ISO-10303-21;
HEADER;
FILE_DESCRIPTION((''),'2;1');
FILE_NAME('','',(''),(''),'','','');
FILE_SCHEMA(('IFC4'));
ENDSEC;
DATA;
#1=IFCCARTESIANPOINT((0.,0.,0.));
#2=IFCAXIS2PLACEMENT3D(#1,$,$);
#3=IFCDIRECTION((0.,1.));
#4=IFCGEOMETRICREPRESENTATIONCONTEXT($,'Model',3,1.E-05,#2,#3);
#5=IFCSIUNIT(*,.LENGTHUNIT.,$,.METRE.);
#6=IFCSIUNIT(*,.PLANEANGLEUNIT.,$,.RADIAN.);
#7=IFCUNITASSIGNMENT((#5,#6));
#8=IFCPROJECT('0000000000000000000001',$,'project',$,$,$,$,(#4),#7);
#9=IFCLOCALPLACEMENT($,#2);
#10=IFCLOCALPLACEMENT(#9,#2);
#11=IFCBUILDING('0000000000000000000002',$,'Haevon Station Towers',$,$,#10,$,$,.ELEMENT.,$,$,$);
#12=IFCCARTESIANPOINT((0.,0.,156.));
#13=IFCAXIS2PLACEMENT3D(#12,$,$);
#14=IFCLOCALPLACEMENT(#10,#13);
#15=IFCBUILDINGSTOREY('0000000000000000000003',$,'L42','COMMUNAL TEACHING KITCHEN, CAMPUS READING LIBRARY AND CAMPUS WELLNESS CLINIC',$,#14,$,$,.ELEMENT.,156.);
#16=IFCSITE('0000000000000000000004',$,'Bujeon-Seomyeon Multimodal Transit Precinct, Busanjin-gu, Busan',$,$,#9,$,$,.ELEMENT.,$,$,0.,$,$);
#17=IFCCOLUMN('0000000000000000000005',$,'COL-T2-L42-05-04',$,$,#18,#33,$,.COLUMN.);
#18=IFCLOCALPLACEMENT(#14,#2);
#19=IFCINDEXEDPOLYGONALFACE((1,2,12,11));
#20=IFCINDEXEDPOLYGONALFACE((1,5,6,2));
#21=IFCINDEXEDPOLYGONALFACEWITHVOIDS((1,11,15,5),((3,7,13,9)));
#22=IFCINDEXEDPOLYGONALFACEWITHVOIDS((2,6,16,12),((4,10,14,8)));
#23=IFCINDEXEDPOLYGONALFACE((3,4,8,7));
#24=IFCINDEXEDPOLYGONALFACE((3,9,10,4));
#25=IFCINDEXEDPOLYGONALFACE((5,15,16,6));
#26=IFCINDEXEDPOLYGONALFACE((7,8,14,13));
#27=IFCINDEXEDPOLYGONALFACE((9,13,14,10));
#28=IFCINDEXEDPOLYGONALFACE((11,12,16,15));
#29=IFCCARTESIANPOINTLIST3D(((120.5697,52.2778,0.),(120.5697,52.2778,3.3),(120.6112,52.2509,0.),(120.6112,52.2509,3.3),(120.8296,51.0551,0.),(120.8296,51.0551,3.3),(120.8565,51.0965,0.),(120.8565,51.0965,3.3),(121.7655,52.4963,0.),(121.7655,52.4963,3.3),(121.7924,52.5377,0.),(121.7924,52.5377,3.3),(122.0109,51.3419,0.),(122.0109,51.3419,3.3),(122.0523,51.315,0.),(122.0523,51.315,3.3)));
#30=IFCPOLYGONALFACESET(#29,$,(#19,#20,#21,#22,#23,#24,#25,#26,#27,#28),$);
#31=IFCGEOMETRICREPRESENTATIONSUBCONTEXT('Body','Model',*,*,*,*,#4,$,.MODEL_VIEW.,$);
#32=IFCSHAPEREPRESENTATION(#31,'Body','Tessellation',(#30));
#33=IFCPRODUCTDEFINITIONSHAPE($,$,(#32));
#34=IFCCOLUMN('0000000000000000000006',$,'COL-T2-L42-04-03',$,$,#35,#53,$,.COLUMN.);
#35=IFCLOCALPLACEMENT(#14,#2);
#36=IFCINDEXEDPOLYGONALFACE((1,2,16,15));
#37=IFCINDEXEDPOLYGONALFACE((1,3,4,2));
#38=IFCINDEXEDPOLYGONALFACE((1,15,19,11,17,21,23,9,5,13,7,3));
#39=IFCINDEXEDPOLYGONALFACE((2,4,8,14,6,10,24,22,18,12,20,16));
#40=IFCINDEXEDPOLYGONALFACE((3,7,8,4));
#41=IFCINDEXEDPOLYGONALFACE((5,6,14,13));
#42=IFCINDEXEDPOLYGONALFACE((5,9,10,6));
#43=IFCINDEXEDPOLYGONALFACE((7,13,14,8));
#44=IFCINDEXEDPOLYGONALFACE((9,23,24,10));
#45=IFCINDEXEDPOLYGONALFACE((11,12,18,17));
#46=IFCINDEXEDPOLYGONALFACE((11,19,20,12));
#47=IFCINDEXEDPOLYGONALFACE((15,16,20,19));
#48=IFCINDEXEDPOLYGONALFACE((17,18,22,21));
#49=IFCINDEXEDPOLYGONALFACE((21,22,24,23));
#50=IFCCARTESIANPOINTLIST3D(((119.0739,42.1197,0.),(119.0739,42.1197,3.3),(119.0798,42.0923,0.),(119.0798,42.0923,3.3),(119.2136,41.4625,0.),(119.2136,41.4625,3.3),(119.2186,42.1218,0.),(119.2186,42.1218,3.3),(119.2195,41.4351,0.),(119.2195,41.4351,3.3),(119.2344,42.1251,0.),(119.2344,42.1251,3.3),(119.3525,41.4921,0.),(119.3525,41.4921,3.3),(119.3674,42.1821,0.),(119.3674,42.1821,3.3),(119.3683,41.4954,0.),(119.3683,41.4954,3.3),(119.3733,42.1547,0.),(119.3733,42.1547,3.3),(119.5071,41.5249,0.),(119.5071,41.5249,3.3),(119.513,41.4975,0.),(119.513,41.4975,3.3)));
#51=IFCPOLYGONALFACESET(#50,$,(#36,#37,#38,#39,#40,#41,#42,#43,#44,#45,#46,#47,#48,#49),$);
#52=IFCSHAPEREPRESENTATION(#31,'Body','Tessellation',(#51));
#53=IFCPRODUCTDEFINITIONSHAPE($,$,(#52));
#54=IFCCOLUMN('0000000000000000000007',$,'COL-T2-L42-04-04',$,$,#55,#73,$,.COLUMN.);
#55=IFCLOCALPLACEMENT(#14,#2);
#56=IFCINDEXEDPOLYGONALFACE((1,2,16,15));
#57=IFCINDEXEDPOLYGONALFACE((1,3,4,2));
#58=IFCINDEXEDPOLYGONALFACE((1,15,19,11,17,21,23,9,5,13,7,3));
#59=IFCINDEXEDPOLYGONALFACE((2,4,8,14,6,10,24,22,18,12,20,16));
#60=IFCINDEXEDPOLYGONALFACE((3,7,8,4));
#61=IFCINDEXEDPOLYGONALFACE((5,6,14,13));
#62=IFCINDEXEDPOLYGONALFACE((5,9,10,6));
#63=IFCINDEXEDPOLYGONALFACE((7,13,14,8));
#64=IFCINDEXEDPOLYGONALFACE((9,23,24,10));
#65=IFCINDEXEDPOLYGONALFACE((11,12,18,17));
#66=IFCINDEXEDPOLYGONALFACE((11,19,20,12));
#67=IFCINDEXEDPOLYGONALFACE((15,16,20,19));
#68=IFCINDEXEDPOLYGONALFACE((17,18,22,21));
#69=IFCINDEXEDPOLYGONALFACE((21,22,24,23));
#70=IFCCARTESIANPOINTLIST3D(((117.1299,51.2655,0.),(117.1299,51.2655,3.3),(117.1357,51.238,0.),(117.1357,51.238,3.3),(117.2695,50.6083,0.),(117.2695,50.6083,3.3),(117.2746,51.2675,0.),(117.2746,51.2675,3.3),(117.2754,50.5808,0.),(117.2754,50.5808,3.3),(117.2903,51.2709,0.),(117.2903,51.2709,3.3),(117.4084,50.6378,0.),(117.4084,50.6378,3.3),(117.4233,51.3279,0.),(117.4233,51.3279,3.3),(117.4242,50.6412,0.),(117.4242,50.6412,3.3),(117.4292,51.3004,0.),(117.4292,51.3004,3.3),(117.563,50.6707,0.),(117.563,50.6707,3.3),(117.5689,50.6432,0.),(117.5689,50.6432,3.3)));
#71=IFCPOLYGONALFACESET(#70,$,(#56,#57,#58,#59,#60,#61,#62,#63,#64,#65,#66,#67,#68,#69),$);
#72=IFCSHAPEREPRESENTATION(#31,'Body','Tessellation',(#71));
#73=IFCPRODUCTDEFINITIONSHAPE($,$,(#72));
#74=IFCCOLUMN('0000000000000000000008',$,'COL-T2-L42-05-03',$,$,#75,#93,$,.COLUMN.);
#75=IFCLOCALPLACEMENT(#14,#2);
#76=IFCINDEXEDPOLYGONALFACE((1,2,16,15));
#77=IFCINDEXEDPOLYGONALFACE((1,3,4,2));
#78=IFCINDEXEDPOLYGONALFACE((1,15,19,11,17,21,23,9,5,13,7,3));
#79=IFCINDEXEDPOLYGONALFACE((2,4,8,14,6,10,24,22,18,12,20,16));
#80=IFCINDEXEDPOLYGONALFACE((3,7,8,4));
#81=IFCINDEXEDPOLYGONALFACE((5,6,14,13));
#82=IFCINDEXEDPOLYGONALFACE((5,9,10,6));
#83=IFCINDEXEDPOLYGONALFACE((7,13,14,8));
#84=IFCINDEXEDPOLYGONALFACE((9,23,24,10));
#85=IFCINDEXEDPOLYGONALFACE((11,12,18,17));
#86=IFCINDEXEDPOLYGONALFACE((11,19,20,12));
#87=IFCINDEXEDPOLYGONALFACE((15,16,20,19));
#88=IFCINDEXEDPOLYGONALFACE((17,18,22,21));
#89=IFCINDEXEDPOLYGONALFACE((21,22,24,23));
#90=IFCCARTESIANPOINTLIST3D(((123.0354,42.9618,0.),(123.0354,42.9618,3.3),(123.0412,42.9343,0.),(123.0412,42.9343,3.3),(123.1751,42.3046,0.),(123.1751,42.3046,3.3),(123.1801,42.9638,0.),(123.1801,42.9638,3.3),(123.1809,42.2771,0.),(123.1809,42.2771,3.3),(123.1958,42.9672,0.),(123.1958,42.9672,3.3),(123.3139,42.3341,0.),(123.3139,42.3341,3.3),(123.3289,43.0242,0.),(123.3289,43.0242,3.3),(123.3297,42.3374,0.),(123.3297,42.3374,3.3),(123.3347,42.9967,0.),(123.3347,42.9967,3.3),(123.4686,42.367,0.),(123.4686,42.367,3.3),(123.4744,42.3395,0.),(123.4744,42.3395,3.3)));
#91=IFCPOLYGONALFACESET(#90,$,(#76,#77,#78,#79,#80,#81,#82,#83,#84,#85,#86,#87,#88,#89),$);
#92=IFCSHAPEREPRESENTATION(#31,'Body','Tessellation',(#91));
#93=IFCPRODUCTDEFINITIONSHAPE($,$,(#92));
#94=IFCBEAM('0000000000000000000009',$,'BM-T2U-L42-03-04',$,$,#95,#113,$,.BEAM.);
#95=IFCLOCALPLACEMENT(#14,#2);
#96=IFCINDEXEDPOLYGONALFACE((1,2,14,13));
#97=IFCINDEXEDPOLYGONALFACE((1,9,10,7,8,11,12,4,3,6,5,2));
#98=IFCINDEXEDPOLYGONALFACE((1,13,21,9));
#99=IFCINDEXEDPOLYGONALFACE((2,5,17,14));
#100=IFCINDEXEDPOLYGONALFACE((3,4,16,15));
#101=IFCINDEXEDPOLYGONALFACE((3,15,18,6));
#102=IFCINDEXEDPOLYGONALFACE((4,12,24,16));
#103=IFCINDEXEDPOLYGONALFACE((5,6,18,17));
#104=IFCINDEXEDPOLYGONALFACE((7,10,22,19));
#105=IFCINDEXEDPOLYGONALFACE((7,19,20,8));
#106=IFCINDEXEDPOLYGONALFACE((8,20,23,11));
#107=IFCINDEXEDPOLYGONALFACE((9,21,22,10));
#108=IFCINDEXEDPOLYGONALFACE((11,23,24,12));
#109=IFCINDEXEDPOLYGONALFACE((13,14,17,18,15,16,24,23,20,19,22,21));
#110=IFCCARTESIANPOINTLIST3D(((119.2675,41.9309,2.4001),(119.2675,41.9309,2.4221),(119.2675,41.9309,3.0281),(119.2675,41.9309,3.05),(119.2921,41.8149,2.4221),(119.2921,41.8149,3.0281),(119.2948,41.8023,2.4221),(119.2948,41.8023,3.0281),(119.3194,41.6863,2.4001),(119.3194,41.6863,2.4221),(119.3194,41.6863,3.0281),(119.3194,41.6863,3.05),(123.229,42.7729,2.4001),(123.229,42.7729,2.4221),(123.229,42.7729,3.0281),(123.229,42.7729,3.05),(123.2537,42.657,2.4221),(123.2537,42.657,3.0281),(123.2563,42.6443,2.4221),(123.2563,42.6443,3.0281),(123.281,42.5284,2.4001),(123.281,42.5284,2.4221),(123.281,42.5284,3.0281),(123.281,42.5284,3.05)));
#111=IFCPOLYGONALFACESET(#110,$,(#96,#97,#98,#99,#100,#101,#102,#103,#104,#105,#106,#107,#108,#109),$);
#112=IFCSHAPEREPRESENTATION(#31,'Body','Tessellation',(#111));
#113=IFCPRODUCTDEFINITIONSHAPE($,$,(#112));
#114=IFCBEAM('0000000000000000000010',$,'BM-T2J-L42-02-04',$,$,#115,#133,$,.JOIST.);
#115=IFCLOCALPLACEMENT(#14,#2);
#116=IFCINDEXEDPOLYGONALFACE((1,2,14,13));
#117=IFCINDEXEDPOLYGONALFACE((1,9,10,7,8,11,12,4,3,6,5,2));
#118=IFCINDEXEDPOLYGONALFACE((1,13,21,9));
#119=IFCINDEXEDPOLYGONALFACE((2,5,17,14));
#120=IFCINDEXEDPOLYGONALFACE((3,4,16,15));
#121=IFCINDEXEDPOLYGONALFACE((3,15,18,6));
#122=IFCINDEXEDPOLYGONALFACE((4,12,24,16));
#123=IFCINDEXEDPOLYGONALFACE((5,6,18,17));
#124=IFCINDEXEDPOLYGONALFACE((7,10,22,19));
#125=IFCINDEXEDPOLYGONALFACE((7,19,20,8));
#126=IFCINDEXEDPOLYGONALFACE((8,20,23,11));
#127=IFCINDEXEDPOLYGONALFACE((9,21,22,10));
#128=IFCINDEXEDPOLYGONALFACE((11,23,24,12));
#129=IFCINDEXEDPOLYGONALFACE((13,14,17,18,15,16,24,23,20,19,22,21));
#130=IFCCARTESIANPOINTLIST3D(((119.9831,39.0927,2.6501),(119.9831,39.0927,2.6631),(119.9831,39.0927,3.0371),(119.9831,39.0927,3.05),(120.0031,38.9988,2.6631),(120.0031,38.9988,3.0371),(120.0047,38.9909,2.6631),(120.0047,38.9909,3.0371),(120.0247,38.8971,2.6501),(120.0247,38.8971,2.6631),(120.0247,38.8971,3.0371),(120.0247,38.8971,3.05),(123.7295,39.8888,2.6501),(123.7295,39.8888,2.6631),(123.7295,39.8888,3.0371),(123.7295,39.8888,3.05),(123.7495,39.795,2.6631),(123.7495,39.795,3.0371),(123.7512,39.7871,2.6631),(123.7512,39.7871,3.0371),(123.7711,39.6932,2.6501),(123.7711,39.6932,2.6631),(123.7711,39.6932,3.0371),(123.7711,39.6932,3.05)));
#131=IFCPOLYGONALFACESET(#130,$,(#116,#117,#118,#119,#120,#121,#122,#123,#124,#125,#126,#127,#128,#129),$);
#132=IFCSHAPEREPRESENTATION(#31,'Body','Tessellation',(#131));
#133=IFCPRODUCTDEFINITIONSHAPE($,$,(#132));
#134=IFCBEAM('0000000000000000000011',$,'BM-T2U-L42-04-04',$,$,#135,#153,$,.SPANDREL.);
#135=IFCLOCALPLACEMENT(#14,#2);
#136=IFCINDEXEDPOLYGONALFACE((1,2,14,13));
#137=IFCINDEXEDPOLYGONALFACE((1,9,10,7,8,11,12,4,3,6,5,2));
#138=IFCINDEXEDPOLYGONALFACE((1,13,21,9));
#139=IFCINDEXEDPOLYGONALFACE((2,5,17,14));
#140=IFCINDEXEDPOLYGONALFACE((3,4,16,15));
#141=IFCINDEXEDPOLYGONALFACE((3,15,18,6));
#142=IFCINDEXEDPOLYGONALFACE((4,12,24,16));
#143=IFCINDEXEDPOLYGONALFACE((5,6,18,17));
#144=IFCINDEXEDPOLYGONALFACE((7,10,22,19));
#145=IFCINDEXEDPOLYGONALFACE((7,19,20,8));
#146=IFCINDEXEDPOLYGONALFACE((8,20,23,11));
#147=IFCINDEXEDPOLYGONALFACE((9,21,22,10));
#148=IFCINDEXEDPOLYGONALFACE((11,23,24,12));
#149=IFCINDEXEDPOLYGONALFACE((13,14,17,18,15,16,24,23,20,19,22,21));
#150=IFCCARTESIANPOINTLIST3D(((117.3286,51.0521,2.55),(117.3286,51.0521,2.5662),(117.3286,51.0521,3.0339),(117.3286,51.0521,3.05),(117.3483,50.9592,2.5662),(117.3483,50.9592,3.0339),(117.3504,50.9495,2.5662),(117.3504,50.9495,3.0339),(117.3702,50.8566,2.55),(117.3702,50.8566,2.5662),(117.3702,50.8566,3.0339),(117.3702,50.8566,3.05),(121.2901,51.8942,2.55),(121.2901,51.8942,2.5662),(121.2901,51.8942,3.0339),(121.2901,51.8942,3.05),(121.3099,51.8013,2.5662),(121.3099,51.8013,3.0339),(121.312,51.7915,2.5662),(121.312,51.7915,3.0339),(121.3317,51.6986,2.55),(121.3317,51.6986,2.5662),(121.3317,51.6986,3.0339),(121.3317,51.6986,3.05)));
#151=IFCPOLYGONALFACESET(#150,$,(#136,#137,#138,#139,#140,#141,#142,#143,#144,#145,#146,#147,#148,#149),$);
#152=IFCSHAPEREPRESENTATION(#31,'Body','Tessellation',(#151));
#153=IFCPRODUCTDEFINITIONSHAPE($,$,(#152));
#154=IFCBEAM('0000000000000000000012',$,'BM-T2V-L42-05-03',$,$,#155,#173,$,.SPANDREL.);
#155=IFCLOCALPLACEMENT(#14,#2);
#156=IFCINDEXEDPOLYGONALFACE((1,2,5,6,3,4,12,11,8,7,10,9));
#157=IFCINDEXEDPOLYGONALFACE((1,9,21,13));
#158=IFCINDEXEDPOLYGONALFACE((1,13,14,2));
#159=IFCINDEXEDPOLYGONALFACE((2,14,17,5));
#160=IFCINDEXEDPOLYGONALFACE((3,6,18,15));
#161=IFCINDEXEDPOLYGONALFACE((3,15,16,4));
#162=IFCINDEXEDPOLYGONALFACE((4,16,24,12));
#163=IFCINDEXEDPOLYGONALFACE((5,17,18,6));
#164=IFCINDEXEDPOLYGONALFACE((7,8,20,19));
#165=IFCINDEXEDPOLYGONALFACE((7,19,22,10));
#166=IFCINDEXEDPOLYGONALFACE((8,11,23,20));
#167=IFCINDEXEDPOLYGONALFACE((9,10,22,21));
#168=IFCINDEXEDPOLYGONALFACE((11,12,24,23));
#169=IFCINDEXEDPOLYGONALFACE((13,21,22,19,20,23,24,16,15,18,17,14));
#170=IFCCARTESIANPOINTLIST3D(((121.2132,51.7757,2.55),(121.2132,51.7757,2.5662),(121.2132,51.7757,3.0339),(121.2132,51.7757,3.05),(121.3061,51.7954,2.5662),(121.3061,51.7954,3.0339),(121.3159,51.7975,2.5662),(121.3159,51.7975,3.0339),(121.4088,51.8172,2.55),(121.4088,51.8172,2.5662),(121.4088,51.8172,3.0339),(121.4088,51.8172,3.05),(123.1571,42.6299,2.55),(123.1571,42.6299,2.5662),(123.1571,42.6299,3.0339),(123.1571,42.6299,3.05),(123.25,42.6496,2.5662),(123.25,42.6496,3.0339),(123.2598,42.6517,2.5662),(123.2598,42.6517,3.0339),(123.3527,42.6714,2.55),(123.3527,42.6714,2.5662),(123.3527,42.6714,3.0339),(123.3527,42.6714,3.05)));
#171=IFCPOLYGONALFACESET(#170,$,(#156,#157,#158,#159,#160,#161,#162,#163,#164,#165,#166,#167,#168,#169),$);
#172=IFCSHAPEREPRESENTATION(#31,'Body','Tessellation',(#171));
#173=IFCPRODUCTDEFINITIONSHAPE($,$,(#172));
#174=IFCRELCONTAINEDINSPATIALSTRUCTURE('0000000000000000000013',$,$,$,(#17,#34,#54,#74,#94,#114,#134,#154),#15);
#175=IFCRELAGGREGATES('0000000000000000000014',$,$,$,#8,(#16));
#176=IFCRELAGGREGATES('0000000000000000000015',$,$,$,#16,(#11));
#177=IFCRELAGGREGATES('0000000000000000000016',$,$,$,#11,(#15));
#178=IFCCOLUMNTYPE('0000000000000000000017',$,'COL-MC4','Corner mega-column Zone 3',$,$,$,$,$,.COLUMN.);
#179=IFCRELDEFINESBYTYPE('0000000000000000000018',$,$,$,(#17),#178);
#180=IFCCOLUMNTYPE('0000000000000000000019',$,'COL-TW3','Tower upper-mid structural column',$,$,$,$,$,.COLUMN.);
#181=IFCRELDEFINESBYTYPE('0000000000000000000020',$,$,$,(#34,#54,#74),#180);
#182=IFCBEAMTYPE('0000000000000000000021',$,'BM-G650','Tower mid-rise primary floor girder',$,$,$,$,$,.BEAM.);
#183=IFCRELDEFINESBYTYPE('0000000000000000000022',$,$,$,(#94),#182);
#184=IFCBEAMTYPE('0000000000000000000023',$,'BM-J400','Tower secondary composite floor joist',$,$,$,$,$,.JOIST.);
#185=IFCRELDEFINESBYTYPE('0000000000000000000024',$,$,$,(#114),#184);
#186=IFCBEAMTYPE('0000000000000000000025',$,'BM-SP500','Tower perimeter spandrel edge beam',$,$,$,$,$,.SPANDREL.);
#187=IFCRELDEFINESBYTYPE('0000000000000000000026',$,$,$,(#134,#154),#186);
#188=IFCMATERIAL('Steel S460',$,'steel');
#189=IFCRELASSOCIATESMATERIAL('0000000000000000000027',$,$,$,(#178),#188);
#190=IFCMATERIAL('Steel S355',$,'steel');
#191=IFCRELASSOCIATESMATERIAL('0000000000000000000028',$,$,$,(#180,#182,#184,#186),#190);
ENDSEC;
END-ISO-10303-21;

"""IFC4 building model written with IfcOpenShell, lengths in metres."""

from ifc_helpers import new_model, si_unit, direction, frame, origin, origin_2d, place, context, subcontext, project, spatial, hollow_rectangle, i_section, extrude, material, material_profile, profile_set, type_object, element, save


model = new_model("IFC4")

# Units and contexts
model_context = context("Model", 3, precision=1e-05, world=origin(), true_north=direction((0.0, 1.0)))
body_context = subcontext(model_context, "Body", "Model", "MODEL_VIEW")
ifc_project = project(units=[si_unit("LENGTHUNIT", "METRE"), si_unit("PLANEANGLEUNIT", "RADIAN")], contexts=[model_context])

# Site, building, storey
site_placement = place(None, origin())
site = spatial("IfcSite", under=ifc_project, at=site_placement, Name="Bujeon-Seomyeon Multimodal Transit Precinct, Busanjin-gu, Busan", CompositionType="ELEMENT", RefElevation=0.0)
building_placement = place(site_placement, origin())
building = spatial("IfcBuilding", under=site, at=building_placement, Name="Haevon Station Towers", CompositionType="ELEMENT")
storey_placement = place(building_placement, frame((0.0, 0.0, 156.0)))
storey = spatial("IfcBuildingStorey", under=building, at=storey_placement, Name="L42", Description="COMMUNAL TEACHING KITCHEN, CAMPUS READING LIBRARY AND CAMPUS WELLNESS CLINIC", CompositionType="ELEMENT", Elevation=156.0)

# Columns
ifc_material_1 = material(Name="Steel S460", Category="steel")
ifc_material_profile_1 = material_profile(ifc_material_1, hollow_rectangle(XDim=1.25, YDim=1.25, WallThickness=0.0349, at=origin_2d()), Name="BOX-1250x1250x35")
ifc_profile_set_1 = profile_set([ifc_material_profile_1], Name="Steel S460")
column_type_1 = type_object("IfcColumnType", Name="COL-MC4", Description="Corner mega-column Zone 3", PredefinedType="COLUMN", material=ifc_profile_set_1)
column_placement = place(storey_placement, frame((121.311, 51.7964, 0.0), z_axis=(0.0, 0.0, 1.0), x_axis=(0.978148, 0.207912, 0.0)))
element("IfcColumn", 1, at=column_placement, inside=storey, type_object=column_type_1, Name="COL-T2-L42-05-04", PredefinedType="COLUMN", context=body_context, shape_type="SweptSolid", body=[
    extrude(hollow_rectangle(XDim=1.25, YDim=1.25, WallThickness=0.0349, at=origin_2d()), origin(), (0.0, 0.0, 1.0), 3.3),
])
ifc_material_2 = material(Name="Steel S355", Category="steel")
ifc_material_profile_2 = material_profile(ifc_material_2, i_section(OverallWidth=0.3, OverallDepth=0.7, WebThickness=0.0161, FlangeThickness=0.0281, at=origin_2d()), Name="H-700x300x16x28")
ifc_profile_set_2 = profile_set([ifc_material_profile_2], Name="Steel S355")
column_type_2 = type_object("IfcColumnType", Name="COL-TW3", Description="Tower upper-mid structural column", PredefinedType="COLUMN", material=ifc_profile_set_2)
for number, where, z_axis, x_axis, name in (
    (2, (119.2935, 41.8086, 0.0), (0.0, 0.0, 1.0), (0.978148, 0.207912, 0.0), "COL-T2-L42-04-03"),
    (3, (117.3494, 50.9543, 0.0), (0.0, 0.0, 1.0), (0.978148, 0.207912, 0.0), "COL-T2-L42-04-04"),
    (4, (123.2549, 42.6506, 0.0), (0.0, 0.0, 1.0), (0.978148, 0.207912, 0.0), "COL-T2-L42-05-03"),
):
    element("IfcColumn", number, at=place(storey_placement, frame(where, z_axis=z_axis, x_axis=x_axis)), inside=storey, type_object=column_type_2, Name=name, PredefinedType="COLUMN", context=body_context, shape_type="SweptSolid", body=[
        extrude(i_section(OverallWidth=0.3, OverallDepth=0.7, WebThickness=0.0161, FlangeThickness=0.0281, at=origin_2d()), origin(), (0.0, 0.0, 1.0), 3.3),
    ])

# Beams
ifc_material_profile_3 = material_profile(ifc_material_2, i_section(OverallWidth=0.25, OverallDepth=0.6499, WebThickness=0.0129, FlangeThickness=0.022, at=origin_2d()), Name="H-650x250x13x22")
ifc_profile_set_3 = profile_set([ifc_material_profile_3], Name="Steel S355")
beam_type_1 = type_object("IfcBeamType", Name="BM-G650", Description="Tower mid-rise primary floor girder", PredefinedType="BEAM", material=ifc_profile_set_3)
beam_1_placement = place(storey_placement, frame((119.2935, 41.8086, 2.7251), z_axis=(0.978147, 0.207915, 0.0), x_axis=(-0.207915, 0.978147, 0.0)))
element("IfcBeam", 5, at=beam_1_placement, inside=storey, type_object=beam_type_1, Name="BM-T2U-L42-03-04", PredefinedType="BEAM", context=body_context, shape_type="SweptSolid", body=[
    extrude(i_section(OverallWidth=0.25, OverallDepth=0.6499, WebThickness=0.0129, FlangeThickness=0.022, at=origin_2d()), origin(), (0.0, 0.0, 1.0), 4.05),
])
ifc_material_profile_4 = material_profile(ifc_material_2, i_section(OverallWidth=0.2, OverallDepth=0.3999, WebThickness=0.0081, FlangeThickness=0.0129, at=origin_2d()), Name="H-400x200x8x13")
ifc_profile_set_4 = profile_set([ifc_material_profile_4], Name="Steel S355")
beam_type_2 = type_object("IfcBeamType", Name="BM-J400", Description="Tower secondary composite floor joist", PredefinedType="JOIST", material=ifc_profile_set_4)
beam_2_placement = place(storey_placement, frame((120.0039, 38.9949, 2.8501), z_axis=(0.978156, 0.20787, 0.0), x_axis=(-0.20787, 0.978156, 0.0)))
element("IfcBeam", 6, at=beam_2_placement, inside=storey, type_object=beam_type_2, Name="BM-T2J-L42-02-04", PredefinedType="JOIST", context=body_context, shape_type="SweptSolid", body=[
    extrude(i_section(OverallWidth=0.2, OverallDepth=0.3999, WebThickness=0.0081, FlangeThickness=0.0129, at=origin_2d()), origin(), (0.0, 0.0, 1.0), 3.8301),
])
ifc_material_profile_5 = material_profile(ifc_material_2, i_section(OverallWidth=0.2, OverallDepth=0.5, WebThickness=0.01, FlangeThickness=0.0161, at=origin_2d()), Name="H-500x200x10x16")
ifc_profile_set_5 = profile_set([ifc_material_profile_5], Name="Steel S355")
beam_type_3 = type_object("IfcBeamType", Name="BM-SP500", Description="Tower perimeter spandrel edge beam", PredefinedType="SPANDREL", material=ifc_profile_set_5)
beam_3_placement = place(storey_placement, frame((117.3494, 50.9543, 2.8), z_axis=(0.97815, 0.207903, 0.0), x_axis=(-0.207903, 0.97815, 0.0)))
element("IfcBeam", 7, at=beam_3_placement, inside=storey, type_object=beam_type_3, Name="BM-T2U-L42-04-04", PredefinedType="SPANDREL", context=body_context, shape_type="SweptSolid", body=[
    extrude(i_section(OverallWidth=0.2, OverallDepth=0.5, WebThickness=0.01, FlangeThickness=0.0161, at=origin_2d()), origin(), (0.0, 0.0, 1.0), 4.05),
])
beam_4_placement = place(storey_placement, frame((123.2549, 42.6506, 2.8), z_axis=(-0.207897, 0.978151, 0.0), x_axis=(-0.978151, -0.207897, 0.0)))
element("IfcBeam", 8, at=beam_4_placement, inside=storey, type_object=beam_type_3, Name="BM-T2V-L42-05-03", PredefinedType="SPANDREL", context=body_context, shape_type="SweptSolid", body=[
    extrude(i_section(OverallWidth=0.2, OverallDepth=0.5, WebThickness=0.01, FlangeThickness=0.0161, at=origin_2d()), origin(), (0.0, 0.0, 1.0), 9.3501),
])

save(model, "model.ifc")
